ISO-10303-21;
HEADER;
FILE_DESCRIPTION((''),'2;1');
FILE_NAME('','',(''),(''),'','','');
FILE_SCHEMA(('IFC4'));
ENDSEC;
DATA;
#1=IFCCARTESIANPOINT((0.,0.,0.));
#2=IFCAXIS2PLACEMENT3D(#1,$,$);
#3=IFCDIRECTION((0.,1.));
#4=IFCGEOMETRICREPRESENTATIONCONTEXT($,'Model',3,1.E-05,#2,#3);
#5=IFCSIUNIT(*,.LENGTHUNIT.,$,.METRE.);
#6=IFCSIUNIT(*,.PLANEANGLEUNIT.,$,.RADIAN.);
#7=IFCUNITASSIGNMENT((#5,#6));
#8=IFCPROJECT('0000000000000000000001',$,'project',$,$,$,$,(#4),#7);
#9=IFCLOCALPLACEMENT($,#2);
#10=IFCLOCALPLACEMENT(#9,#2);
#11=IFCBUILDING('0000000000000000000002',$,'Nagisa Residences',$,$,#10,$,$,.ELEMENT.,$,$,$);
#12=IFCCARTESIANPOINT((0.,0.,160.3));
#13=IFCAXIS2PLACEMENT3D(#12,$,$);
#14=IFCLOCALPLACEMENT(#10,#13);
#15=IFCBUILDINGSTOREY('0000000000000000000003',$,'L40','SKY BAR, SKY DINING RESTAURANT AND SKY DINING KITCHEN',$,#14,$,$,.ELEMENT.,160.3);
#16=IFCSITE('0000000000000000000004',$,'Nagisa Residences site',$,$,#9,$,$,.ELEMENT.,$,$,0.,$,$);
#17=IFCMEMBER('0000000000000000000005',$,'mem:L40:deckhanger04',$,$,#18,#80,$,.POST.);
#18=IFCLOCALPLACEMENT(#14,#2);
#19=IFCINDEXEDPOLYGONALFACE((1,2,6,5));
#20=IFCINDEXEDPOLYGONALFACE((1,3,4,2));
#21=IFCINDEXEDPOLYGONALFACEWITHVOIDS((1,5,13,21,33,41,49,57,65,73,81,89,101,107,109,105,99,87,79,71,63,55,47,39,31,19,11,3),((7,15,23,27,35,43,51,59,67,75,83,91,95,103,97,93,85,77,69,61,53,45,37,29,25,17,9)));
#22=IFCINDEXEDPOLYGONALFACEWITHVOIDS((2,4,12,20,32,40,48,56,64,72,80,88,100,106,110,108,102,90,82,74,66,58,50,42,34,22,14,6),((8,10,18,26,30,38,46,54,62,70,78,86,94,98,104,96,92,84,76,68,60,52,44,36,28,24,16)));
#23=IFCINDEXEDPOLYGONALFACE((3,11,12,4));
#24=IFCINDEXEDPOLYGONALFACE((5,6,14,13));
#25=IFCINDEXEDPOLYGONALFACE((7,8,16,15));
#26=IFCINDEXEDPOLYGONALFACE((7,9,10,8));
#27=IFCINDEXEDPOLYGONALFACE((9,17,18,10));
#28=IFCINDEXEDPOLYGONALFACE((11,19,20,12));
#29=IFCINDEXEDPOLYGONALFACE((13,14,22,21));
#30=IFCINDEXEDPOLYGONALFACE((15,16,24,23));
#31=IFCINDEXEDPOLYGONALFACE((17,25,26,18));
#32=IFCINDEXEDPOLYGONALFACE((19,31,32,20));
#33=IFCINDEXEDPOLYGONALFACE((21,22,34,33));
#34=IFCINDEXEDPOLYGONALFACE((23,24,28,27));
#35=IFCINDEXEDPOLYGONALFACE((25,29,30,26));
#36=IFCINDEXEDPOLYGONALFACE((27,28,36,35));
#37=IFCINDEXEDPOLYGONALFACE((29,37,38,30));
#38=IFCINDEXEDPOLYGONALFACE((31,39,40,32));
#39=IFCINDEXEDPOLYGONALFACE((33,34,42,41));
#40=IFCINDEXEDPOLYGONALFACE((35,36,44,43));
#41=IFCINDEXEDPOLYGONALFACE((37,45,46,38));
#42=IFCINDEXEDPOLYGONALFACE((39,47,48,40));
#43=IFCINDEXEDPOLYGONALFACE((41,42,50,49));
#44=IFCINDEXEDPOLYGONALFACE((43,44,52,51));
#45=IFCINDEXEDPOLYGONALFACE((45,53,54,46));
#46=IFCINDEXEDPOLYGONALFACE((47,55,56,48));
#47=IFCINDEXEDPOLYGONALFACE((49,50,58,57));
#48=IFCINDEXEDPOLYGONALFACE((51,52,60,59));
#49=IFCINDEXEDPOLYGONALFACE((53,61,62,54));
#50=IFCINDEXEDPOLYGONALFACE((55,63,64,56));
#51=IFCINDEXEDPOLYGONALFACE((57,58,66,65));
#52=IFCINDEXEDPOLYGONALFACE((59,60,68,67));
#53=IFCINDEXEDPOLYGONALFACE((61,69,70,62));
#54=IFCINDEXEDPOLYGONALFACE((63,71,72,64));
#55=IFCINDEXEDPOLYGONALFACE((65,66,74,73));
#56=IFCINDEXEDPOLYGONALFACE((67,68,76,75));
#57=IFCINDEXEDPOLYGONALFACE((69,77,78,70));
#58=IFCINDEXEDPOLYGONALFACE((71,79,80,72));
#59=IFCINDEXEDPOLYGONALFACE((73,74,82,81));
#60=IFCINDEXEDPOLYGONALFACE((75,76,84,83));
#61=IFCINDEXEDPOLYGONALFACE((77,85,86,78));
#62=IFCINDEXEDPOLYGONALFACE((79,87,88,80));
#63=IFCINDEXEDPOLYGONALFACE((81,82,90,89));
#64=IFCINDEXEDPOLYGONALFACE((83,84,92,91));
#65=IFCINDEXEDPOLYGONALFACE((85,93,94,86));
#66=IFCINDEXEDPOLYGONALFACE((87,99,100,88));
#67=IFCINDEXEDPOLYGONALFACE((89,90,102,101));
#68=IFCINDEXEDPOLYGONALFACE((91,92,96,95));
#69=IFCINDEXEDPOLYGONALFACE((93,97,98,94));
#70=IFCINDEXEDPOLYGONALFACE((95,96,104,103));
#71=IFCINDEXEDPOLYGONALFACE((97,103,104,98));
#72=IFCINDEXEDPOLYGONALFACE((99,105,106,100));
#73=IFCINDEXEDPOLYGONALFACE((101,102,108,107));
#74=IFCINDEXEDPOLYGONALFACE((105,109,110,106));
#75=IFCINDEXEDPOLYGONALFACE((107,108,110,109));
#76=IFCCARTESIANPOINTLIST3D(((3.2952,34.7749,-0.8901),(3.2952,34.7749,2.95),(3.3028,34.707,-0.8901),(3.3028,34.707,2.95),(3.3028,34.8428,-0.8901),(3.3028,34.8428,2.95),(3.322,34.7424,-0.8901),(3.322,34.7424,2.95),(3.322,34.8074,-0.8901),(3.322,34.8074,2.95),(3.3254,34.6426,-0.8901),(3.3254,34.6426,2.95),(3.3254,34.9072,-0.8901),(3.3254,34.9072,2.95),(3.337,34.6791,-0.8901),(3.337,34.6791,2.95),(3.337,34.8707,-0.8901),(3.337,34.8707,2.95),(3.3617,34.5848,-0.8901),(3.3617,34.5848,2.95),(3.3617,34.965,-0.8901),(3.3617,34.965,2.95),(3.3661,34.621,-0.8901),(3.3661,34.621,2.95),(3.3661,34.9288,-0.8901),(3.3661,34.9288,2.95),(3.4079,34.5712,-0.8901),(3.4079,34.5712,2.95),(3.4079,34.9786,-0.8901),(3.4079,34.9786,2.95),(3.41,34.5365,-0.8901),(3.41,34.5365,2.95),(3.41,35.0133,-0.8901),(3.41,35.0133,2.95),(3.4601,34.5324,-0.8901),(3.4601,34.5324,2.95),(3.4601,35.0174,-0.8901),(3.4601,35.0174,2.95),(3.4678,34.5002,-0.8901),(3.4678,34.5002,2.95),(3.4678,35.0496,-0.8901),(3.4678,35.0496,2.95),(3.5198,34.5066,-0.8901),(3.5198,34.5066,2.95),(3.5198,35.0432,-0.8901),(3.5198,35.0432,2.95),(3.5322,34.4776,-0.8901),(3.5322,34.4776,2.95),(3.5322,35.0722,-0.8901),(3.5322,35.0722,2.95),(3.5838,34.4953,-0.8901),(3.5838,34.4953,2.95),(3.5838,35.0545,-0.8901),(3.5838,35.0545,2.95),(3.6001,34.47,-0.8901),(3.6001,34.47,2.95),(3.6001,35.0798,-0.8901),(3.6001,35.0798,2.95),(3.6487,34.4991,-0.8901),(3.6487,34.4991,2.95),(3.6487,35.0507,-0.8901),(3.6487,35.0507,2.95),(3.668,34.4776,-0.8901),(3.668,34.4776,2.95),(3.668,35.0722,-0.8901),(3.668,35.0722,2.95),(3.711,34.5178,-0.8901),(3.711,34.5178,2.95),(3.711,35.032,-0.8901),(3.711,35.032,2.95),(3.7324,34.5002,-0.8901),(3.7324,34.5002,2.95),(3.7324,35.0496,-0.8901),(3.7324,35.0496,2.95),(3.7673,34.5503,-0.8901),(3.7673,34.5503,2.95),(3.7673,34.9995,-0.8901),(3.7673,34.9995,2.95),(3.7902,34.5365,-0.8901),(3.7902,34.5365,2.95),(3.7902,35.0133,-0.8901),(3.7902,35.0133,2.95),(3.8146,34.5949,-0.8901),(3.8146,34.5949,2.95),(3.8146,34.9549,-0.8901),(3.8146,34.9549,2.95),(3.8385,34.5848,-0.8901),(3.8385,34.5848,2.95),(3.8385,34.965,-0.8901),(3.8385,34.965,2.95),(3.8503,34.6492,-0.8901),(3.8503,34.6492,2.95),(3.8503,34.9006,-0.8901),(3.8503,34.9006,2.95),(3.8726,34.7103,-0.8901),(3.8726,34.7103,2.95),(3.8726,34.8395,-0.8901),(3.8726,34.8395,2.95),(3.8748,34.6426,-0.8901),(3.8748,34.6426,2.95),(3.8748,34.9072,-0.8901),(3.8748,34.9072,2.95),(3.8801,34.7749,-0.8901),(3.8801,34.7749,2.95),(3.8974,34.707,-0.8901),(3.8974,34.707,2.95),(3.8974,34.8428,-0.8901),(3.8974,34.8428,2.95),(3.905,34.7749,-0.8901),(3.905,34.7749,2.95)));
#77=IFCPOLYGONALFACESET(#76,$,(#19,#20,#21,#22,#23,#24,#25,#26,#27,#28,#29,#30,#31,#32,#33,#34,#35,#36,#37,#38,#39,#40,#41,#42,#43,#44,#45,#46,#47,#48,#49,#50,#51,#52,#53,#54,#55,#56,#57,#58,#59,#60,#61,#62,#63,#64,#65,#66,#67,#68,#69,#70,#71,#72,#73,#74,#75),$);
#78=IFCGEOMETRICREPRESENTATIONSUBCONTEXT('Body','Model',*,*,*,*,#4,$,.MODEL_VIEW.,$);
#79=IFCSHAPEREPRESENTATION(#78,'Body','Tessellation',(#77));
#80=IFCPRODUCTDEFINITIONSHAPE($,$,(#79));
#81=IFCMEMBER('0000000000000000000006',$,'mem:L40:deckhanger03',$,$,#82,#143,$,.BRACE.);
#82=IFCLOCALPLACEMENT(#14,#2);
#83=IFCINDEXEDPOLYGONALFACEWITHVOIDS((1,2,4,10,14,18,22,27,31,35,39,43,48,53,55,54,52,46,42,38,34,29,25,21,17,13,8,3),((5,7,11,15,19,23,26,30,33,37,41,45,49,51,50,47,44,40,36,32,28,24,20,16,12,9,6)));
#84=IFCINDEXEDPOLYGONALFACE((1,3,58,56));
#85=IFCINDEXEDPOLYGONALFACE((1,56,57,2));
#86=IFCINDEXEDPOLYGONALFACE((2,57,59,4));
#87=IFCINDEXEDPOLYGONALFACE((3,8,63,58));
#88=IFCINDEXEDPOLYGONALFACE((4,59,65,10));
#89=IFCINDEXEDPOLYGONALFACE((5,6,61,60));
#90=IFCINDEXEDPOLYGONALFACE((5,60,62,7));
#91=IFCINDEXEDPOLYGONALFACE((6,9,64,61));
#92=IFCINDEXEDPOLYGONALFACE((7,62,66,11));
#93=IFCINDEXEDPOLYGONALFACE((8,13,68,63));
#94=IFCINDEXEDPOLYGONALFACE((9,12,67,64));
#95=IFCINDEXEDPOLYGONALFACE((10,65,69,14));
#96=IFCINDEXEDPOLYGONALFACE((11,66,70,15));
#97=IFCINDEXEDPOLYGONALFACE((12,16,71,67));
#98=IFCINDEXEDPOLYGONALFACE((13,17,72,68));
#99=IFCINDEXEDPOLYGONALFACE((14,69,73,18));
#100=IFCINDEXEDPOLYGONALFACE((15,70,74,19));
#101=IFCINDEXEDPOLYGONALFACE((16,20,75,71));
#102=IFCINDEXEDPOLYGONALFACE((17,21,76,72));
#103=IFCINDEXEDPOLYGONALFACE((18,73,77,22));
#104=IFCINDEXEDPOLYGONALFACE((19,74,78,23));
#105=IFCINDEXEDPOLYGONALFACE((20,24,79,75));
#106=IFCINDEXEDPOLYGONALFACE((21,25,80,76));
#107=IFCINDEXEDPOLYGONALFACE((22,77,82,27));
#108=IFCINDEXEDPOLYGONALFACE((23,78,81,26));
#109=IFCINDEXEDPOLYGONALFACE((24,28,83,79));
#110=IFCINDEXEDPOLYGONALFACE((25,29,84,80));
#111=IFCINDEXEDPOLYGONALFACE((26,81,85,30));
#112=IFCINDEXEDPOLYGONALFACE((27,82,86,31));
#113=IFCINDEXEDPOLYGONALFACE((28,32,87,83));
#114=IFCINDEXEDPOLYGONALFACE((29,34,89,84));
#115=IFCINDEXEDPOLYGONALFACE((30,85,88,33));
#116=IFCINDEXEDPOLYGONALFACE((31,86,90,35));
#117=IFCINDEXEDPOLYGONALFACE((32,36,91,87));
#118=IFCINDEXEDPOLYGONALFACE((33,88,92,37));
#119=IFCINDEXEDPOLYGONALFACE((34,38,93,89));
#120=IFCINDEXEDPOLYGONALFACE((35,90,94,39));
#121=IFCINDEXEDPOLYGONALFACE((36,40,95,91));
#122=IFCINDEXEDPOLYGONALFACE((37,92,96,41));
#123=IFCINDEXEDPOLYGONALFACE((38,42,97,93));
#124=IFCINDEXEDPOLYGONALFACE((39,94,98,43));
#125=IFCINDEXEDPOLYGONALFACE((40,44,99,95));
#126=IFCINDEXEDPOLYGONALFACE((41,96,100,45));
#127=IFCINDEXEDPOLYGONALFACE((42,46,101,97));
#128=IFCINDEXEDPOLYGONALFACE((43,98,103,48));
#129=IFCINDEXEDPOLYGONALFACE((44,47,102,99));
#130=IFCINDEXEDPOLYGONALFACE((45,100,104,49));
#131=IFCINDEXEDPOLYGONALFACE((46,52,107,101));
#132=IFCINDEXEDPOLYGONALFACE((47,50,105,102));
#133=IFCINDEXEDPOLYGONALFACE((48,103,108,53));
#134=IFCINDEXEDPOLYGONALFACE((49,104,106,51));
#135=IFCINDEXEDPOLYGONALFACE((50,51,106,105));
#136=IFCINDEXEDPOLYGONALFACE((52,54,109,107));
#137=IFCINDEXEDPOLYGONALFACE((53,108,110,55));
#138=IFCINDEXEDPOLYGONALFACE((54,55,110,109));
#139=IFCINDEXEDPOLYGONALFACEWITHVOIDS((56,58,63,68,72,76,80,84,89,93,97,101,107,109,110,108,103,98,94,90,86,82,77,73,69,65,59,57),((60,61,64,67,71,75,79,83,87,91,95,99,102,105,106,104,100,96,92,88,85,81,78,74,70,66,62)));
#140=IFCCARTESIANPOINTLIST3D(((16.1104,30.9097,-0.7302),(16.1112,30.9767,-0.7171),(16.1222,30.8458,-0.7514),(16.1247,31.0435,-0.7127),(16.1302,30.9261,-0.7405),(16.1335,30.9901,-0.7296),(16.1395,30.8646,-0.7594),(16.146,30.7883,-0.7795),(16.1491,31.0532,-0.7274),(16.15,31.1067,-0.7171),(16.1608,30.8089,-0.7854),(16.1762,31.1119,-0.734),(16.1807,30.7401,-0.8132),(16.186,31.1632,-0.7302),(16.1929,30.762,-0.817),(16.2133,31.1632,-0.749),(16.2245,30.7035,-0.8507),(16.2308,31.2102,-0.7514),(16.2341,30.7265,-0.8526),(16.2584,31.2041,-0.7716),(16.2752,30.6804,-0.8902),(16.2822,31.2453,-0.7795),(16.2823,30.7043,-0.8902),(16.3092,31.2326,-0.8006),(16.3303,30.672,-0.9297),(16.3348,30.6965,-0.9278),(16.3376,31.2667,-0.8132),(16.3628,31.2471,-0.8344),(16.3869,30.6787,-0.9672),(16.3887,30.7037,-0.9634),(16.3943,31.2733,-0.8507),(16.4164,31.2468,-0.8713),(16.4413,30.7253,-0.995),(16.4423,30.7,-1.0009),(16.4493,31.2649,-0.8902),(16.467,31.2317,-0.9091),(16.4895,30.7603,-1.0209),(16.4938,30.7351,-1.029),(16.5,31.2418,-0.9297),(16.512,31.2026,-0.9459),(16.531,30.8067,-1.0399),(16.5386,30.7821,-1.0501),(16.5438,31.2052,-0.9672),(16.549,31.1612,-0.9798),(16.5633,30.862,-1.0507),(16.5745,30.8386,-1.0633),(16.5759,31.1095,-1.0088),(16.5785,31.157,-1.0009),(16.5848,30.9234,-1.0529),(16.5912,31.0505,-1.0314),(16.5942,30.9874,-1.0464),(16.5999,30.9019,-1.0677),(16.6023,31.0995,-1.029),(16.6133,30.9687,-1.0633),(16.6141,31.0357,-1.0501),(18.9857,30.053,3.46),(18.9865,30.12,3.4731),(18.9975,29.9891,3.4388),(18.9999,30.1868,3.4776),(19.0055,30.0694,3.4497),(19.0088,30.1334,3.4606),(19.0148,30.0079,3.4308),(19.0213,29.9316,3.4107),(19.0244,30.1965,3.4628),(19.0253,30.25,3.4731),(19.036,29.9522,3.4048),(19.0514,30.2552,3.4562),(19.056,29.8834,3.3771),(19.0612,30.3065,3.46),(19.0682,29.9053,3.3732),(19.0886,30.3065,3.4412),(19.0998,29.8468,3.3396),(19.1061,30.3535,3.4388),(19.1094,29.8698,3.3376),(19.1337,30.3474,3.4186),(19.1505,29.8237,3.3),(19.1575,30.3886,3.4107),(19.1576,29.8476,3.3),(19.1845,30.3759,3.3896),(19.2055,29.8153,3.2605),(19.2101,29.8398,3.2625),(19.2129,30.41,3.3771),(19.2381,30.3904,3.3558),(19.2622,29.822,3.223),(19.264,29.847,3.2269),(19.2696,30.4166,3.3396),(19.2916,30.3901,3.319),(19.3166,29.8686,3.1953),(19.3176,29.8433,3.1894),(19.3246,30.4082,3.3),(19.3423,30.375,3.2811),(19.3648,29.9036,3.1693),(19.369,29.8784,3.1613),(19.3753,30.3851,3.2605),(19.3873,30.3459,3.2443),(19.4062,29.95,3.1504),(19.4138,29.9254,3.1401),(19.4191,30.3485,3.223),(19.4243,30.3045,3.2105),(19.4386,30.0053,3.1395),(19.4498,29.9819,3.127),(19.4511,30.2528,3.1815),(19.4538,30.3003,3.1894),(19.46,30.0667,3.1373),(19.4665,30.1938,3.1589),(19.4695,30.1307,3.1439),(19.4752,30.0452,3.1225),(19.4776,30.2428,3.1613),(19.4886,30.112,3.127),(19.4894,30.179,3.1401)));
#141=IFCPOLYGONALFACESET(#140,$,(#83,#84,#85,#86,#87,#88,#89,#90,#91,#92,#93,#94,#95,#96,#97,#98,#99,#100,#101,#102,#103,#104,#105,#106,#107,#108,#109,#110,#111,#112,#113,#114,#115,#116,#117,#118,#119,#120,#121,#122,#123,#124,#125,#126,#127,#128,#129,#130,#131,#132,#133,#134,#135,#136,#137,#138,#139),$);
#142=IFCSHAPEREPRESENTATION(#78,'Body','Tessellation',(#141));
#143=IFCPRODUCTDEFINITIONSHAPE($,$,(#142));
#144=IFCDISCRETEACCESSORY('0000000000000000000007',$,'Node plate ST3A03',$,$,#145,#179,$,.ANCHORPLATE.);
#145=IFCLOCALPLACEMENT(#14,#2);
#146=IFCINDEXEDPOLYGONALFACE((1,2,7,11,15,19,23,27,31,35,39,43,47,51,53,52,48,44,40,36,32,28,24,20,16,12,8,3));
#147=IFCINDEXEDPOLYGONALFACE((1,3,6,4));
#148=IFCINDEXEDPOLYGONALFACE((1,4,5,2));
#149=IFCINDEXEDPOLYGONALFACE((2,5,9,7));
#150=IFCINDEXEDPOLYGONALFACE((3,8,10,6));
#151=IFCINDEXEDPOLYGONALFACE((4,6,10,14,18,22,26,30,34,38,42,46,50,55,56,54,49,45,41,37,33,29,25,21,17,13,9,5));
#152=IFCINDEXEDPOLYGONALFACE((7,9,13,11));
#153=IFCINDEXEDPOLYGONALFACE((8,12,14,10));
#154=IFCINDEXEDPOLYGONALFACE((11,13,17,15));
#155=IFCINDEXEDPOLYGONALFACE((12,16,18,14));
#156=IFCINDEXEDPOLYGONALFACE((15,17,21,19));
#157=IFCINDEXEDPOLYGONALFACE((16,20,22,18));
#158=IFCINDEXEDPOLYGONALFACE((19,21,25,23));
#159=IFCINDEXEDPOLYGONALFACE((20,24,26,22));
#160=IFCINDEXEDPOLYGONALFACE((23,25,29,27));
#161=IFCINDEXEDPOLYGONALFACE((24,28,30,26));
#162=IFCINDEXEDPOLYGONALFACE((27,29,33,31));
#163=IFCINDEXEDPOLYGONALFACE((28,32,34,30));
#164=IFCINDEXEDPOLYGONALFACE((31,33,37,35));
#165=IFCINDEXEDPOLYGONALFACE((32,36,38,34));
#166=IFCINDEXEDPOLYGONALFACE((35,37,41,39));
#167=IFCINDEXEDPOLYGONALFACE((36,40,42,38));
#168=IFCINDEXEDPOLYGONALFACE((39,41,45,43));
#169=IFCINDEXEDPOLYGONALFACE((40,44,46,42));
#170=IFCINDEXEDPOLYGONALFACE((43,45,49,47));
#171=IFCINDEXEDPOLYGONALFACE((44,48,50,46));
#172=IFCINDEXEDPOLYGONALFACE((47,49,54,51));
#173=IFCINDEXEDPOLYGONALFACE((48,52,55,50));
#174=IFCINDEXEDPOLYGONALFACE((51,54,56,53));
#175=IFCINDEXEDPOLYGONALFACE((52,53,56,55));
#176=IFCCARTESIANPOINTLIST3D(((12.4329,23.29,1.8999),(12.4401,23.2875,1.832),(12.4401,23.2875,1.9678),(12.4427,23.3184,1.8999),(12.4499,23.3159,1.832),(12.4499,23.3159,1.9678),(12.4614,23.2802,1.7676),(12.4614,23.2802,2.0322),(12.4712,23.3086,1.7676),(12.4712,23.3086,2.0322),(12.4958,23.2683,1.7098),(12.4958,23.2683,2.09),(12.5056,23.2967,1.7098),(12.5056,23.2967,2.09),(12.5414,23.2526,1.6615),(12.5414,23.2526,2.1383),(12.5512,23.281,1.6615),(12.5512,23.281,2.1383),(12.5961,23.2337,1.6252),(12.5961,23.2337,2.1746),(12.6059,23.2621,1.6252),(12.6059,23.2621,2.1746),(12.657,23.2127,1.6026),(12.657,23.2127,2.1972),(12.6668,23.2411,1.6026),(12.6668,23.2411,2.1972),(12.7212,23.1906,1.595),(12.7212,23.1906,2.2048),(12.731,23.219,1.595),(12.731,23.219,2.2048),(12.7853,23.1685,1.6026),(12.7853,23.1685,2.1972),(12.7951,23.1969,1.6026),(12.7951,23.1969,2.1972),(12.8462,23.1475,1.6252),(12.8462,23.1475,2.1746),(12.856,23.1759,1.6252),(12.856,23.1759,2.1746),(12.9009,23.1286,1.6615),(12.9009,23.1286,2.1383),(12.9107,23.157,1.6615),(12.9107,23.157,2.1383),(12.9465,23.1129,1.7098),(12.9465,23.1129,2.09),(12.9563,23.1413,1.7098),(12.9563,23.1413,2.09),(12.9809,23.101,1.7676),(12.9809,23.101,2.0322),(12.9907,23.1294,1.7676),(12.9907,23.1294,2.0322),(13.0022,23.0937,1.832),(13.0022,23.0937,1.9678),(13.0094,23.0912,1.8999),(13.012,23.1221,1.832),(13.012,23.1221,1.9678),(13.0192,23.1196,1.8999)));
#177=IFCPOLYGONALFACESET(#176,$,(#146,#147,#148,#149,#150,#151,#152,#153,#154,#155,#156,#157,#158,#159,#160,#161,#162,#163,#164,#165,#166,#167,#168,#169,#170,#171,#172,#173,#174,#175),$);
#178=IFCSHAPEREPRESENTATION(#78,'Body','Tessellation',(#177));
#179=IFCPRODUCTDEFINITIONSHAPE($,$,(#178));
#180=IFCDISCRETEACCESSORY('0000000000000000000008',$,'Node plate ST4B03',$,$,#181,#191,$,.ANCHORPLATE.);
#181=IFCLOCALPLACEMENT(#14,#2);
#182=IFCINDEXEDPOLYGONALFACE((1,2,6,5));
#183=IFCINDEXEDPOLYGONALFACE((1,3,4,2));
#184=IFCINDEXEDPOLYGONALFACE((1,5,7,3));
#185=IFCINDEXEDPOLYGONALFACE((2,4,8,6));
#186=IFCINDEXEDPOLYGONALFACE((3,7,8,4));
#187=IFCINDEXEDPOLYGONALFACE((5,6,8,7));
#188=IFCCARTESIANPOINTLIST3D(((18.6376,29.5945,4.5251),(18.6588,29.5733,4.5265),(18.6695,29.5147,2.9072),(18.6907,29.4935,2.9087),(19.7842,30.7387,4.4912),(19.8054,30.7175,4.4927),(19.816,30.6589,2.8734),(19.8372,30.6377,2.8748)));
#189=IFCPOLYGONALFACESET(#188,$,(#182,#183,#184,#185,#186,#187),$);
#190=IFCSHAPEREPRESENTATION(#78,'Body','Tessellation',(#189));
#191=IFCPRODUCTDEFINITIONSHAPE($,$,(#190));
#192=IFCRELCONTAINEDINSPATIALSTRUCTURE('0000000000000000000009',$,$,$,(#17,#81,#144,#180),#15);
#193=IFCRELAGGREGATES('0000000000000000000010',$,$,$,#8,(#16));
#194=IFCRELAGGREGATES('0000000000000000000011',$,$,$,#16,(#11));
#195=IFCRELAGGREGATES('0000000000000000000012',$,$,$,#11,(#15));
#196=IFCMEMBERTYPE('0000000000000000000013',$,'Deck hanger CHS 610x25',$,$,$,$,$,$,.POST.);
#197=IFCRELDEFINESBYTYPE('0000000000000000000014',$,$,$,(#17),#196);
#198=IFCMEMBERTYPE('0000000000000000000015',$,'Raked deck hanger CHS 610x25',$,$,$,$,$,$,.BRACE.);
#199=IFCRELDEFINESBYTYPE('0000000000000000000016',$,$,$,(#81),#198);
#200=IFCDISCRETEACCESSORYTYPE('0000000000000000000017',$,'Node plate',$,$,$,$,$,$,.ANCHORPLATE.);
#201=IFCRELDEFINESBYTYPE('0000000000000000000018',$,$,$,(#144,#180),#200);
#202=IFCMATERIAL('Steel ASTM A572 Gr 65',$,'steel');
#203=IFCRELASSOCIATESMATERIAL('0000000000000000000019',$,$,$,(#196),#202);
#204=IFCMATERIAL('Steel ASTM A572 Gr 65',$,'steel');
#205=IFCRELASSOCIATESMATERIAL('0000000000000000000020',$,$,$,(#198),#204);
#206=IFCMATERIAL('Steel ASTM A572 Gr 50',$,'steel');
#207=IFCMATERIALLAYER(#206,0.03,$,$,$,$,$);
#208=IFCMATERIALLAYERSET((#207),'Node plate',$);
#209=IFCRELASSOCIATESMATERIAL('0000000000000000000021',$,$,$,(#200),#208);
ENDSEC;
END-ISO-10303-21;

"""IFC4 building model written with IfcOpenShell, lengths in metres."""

from ifc_helpers import new_model, si_unit, direction, frame, origin, origin_2d, place, context, subcontext, project, spatial, rectangle, circle, hollow_circle, extrude, material, layer, layer_set, material_profile, profile_set, type_object, element, save


model = new_model("IFC4")

# Units and contexts
model_context = context("Model", 3, precision=1e-05, world=origin(), true_north=direction((0.0, 1.0)))
body_context = subcontext(model_context, "Body", "Model", "MODEL_VIEW")
ifc_project = project(units=[si_unit("LENGTHUNIT", "METRE"), si_unit("PLANEANGLEUNIT", "RADIAN")], contexts=[model_context])

# Site, building, storey
site_placement = place(None, origin())
site = spatial("IfcSite", under=ifc_project, at=site_placement, Name="Nagisa Residences site", CompositionType="ELEMENT", RefElevation=0.0)
building_placement = place(site_placement, origin())
building = spatial("IfcBuilding", under=site, at=building_placement, Name="Nagisa Residences", CompositionType="ELEMENT")
storey_placement = place(building_placement, frame((0.0, 0.0, 160.3)))
storey = spatial("IfcBuildingStorey", under=building, at=storey_placement, Name="L40", Description="SKY BAR, SKY DINING RESTAURANT AND SKY DINING KITCHEN", CompositionType="ELEMENT", Elevation=160.3)

# Members
ifc_material_1 = material(Name="Steel ASTM A572 Gr 65", Category="steel")
ifc_material_profile_1 = material_profile(ifc_material_1, hollow_circle(Radius=0.3049, WallThickness=0.0249, at=origin_2d()), Name="CHS 610x25")
ifc_profile_set_1 = profile_set([ifc_material_profile_1], Name="Steel ASTM A572 Gr 65")
member_type_1 = type_object("IfcMemberType", Name="Deck hanger CHS 610x25", PredefinedType="POST", material=ifc_profile_set_1)
member_1_placement = place(storey_placement, frame((3.6001, 34.7749, 2.95), z_axis=(0.0, 0.0, -1.0), x_axis=(1.0, 0.0, 0.0)))
element("IfcMember", 1, at=member_1_placement, inside=storey, type_object=member_type_1, Name="mem:L40:deckhanger04", PredefinedType="POST", context=body_context, shape_type="SweptSolid", body=[
    extrude(hollow_circle(Radius=0.3049, WallThickness=0.0249, at=origin_2d()), origin(), (0.0, 0.0, 1.0), 3.8401),
])
ifc_material_2 = material(Name="Steel ASTM A572 Gr 65", Category="steel")
ifc_material_profile_2 = material_profile(ifc_material_2, hollow_circle(Radius=0.3049, WallThickness=0.0249, at=origin_2d()), Name="CHS 610x25")
ifc_profile_set_2 = profile_set([ifc_material_profile_2], Name="Steel ASTM A572 Gr 65")
member_type_2 = type_object("IfcMemberType", Name="Raked deck hanger CHS 610x25", PredefinedType="BRACE", material=ifc_profile_set_2)
member_2_placement = place(storey_placement, frame((19.2375, 30.116, 3.3), z_axis=(-0.55792, 0.166234, -0.813075), x_axis=(-0.285548, -0.958364, 0.0)))
element("IfcMember", 2, at=member_2_placement, inside=storey, type_object=member_type_2, Name="mem:L40:deckhanger03", PredefinedType="BRACE", context=body_context, shape_type="SweptSolid", body=[
    extrude(hollow_circle(Radius=0.3049, WallThickness=0.0249, at=origin_2d()), origin(), (0.0, 0.0, 1.0), 5.1536),
])

# Discrete accessories
ifc_material_3 = material(Name="Steel ASTM A572 Gr 50", Category="steel")
ifc_layer = layer(ifc_material_3, 0.03)
ifc_layer_set = layer_set([ifc_layer], Name="Node plate")
discrete_accessory_type = type_object("IfcDiscreteAccessoryType", Name="Node plate", PredefinedType="ANCHORPLATE", material=ifc_layer_set)
discrete_accessory_1_placement = place(storey_placement, frame((12.731, 23.219, 1.8999), z_axis=(-0.325991, -0.945373, 0.0), x_axis=(0.945373, -0.325991, 0.0)))
element("IfcDiscreteAccessory", 3, at=discrete_accessory_1_placement, inside=storey, type_object=discrete_accessory_type, Name="Node plate ST3A03", PredefinedType="ANCHORPLATE", context=body_context, shape_type="SweptSolid", body=[
    extrude(circle(Radius=0.3049, at=origin_2d()), origin(), (0.0, 0.0, 1.0), 0.03),
])
for number, where, z_axis, x_axis, name in (
    (4, (19.2268, 30.1267, 3.6992), (0.706267, -0.706267, 0.048708), (-0.707673, -0.706231, 0.020896), "Node plate ST4B03"),
):
    element("IfcDiscreteAccessory", number, at=place(storey_placement, frame(where, z_axis=z_axis, x_axis=x_axis)), inside=storey, type_object=discrete_accessory_type, Name=name, PredefinedType="ANCHORPLATE", context=body_context, shape_type="SweptSolid", body=[
        extrude(rectangle(XDim=1.6201, YDim=1.6201, at=origin_2d()), origin(), (0.0, 0.0, 1.0), 0.03),
    ])

save(model, "model.ifc")
